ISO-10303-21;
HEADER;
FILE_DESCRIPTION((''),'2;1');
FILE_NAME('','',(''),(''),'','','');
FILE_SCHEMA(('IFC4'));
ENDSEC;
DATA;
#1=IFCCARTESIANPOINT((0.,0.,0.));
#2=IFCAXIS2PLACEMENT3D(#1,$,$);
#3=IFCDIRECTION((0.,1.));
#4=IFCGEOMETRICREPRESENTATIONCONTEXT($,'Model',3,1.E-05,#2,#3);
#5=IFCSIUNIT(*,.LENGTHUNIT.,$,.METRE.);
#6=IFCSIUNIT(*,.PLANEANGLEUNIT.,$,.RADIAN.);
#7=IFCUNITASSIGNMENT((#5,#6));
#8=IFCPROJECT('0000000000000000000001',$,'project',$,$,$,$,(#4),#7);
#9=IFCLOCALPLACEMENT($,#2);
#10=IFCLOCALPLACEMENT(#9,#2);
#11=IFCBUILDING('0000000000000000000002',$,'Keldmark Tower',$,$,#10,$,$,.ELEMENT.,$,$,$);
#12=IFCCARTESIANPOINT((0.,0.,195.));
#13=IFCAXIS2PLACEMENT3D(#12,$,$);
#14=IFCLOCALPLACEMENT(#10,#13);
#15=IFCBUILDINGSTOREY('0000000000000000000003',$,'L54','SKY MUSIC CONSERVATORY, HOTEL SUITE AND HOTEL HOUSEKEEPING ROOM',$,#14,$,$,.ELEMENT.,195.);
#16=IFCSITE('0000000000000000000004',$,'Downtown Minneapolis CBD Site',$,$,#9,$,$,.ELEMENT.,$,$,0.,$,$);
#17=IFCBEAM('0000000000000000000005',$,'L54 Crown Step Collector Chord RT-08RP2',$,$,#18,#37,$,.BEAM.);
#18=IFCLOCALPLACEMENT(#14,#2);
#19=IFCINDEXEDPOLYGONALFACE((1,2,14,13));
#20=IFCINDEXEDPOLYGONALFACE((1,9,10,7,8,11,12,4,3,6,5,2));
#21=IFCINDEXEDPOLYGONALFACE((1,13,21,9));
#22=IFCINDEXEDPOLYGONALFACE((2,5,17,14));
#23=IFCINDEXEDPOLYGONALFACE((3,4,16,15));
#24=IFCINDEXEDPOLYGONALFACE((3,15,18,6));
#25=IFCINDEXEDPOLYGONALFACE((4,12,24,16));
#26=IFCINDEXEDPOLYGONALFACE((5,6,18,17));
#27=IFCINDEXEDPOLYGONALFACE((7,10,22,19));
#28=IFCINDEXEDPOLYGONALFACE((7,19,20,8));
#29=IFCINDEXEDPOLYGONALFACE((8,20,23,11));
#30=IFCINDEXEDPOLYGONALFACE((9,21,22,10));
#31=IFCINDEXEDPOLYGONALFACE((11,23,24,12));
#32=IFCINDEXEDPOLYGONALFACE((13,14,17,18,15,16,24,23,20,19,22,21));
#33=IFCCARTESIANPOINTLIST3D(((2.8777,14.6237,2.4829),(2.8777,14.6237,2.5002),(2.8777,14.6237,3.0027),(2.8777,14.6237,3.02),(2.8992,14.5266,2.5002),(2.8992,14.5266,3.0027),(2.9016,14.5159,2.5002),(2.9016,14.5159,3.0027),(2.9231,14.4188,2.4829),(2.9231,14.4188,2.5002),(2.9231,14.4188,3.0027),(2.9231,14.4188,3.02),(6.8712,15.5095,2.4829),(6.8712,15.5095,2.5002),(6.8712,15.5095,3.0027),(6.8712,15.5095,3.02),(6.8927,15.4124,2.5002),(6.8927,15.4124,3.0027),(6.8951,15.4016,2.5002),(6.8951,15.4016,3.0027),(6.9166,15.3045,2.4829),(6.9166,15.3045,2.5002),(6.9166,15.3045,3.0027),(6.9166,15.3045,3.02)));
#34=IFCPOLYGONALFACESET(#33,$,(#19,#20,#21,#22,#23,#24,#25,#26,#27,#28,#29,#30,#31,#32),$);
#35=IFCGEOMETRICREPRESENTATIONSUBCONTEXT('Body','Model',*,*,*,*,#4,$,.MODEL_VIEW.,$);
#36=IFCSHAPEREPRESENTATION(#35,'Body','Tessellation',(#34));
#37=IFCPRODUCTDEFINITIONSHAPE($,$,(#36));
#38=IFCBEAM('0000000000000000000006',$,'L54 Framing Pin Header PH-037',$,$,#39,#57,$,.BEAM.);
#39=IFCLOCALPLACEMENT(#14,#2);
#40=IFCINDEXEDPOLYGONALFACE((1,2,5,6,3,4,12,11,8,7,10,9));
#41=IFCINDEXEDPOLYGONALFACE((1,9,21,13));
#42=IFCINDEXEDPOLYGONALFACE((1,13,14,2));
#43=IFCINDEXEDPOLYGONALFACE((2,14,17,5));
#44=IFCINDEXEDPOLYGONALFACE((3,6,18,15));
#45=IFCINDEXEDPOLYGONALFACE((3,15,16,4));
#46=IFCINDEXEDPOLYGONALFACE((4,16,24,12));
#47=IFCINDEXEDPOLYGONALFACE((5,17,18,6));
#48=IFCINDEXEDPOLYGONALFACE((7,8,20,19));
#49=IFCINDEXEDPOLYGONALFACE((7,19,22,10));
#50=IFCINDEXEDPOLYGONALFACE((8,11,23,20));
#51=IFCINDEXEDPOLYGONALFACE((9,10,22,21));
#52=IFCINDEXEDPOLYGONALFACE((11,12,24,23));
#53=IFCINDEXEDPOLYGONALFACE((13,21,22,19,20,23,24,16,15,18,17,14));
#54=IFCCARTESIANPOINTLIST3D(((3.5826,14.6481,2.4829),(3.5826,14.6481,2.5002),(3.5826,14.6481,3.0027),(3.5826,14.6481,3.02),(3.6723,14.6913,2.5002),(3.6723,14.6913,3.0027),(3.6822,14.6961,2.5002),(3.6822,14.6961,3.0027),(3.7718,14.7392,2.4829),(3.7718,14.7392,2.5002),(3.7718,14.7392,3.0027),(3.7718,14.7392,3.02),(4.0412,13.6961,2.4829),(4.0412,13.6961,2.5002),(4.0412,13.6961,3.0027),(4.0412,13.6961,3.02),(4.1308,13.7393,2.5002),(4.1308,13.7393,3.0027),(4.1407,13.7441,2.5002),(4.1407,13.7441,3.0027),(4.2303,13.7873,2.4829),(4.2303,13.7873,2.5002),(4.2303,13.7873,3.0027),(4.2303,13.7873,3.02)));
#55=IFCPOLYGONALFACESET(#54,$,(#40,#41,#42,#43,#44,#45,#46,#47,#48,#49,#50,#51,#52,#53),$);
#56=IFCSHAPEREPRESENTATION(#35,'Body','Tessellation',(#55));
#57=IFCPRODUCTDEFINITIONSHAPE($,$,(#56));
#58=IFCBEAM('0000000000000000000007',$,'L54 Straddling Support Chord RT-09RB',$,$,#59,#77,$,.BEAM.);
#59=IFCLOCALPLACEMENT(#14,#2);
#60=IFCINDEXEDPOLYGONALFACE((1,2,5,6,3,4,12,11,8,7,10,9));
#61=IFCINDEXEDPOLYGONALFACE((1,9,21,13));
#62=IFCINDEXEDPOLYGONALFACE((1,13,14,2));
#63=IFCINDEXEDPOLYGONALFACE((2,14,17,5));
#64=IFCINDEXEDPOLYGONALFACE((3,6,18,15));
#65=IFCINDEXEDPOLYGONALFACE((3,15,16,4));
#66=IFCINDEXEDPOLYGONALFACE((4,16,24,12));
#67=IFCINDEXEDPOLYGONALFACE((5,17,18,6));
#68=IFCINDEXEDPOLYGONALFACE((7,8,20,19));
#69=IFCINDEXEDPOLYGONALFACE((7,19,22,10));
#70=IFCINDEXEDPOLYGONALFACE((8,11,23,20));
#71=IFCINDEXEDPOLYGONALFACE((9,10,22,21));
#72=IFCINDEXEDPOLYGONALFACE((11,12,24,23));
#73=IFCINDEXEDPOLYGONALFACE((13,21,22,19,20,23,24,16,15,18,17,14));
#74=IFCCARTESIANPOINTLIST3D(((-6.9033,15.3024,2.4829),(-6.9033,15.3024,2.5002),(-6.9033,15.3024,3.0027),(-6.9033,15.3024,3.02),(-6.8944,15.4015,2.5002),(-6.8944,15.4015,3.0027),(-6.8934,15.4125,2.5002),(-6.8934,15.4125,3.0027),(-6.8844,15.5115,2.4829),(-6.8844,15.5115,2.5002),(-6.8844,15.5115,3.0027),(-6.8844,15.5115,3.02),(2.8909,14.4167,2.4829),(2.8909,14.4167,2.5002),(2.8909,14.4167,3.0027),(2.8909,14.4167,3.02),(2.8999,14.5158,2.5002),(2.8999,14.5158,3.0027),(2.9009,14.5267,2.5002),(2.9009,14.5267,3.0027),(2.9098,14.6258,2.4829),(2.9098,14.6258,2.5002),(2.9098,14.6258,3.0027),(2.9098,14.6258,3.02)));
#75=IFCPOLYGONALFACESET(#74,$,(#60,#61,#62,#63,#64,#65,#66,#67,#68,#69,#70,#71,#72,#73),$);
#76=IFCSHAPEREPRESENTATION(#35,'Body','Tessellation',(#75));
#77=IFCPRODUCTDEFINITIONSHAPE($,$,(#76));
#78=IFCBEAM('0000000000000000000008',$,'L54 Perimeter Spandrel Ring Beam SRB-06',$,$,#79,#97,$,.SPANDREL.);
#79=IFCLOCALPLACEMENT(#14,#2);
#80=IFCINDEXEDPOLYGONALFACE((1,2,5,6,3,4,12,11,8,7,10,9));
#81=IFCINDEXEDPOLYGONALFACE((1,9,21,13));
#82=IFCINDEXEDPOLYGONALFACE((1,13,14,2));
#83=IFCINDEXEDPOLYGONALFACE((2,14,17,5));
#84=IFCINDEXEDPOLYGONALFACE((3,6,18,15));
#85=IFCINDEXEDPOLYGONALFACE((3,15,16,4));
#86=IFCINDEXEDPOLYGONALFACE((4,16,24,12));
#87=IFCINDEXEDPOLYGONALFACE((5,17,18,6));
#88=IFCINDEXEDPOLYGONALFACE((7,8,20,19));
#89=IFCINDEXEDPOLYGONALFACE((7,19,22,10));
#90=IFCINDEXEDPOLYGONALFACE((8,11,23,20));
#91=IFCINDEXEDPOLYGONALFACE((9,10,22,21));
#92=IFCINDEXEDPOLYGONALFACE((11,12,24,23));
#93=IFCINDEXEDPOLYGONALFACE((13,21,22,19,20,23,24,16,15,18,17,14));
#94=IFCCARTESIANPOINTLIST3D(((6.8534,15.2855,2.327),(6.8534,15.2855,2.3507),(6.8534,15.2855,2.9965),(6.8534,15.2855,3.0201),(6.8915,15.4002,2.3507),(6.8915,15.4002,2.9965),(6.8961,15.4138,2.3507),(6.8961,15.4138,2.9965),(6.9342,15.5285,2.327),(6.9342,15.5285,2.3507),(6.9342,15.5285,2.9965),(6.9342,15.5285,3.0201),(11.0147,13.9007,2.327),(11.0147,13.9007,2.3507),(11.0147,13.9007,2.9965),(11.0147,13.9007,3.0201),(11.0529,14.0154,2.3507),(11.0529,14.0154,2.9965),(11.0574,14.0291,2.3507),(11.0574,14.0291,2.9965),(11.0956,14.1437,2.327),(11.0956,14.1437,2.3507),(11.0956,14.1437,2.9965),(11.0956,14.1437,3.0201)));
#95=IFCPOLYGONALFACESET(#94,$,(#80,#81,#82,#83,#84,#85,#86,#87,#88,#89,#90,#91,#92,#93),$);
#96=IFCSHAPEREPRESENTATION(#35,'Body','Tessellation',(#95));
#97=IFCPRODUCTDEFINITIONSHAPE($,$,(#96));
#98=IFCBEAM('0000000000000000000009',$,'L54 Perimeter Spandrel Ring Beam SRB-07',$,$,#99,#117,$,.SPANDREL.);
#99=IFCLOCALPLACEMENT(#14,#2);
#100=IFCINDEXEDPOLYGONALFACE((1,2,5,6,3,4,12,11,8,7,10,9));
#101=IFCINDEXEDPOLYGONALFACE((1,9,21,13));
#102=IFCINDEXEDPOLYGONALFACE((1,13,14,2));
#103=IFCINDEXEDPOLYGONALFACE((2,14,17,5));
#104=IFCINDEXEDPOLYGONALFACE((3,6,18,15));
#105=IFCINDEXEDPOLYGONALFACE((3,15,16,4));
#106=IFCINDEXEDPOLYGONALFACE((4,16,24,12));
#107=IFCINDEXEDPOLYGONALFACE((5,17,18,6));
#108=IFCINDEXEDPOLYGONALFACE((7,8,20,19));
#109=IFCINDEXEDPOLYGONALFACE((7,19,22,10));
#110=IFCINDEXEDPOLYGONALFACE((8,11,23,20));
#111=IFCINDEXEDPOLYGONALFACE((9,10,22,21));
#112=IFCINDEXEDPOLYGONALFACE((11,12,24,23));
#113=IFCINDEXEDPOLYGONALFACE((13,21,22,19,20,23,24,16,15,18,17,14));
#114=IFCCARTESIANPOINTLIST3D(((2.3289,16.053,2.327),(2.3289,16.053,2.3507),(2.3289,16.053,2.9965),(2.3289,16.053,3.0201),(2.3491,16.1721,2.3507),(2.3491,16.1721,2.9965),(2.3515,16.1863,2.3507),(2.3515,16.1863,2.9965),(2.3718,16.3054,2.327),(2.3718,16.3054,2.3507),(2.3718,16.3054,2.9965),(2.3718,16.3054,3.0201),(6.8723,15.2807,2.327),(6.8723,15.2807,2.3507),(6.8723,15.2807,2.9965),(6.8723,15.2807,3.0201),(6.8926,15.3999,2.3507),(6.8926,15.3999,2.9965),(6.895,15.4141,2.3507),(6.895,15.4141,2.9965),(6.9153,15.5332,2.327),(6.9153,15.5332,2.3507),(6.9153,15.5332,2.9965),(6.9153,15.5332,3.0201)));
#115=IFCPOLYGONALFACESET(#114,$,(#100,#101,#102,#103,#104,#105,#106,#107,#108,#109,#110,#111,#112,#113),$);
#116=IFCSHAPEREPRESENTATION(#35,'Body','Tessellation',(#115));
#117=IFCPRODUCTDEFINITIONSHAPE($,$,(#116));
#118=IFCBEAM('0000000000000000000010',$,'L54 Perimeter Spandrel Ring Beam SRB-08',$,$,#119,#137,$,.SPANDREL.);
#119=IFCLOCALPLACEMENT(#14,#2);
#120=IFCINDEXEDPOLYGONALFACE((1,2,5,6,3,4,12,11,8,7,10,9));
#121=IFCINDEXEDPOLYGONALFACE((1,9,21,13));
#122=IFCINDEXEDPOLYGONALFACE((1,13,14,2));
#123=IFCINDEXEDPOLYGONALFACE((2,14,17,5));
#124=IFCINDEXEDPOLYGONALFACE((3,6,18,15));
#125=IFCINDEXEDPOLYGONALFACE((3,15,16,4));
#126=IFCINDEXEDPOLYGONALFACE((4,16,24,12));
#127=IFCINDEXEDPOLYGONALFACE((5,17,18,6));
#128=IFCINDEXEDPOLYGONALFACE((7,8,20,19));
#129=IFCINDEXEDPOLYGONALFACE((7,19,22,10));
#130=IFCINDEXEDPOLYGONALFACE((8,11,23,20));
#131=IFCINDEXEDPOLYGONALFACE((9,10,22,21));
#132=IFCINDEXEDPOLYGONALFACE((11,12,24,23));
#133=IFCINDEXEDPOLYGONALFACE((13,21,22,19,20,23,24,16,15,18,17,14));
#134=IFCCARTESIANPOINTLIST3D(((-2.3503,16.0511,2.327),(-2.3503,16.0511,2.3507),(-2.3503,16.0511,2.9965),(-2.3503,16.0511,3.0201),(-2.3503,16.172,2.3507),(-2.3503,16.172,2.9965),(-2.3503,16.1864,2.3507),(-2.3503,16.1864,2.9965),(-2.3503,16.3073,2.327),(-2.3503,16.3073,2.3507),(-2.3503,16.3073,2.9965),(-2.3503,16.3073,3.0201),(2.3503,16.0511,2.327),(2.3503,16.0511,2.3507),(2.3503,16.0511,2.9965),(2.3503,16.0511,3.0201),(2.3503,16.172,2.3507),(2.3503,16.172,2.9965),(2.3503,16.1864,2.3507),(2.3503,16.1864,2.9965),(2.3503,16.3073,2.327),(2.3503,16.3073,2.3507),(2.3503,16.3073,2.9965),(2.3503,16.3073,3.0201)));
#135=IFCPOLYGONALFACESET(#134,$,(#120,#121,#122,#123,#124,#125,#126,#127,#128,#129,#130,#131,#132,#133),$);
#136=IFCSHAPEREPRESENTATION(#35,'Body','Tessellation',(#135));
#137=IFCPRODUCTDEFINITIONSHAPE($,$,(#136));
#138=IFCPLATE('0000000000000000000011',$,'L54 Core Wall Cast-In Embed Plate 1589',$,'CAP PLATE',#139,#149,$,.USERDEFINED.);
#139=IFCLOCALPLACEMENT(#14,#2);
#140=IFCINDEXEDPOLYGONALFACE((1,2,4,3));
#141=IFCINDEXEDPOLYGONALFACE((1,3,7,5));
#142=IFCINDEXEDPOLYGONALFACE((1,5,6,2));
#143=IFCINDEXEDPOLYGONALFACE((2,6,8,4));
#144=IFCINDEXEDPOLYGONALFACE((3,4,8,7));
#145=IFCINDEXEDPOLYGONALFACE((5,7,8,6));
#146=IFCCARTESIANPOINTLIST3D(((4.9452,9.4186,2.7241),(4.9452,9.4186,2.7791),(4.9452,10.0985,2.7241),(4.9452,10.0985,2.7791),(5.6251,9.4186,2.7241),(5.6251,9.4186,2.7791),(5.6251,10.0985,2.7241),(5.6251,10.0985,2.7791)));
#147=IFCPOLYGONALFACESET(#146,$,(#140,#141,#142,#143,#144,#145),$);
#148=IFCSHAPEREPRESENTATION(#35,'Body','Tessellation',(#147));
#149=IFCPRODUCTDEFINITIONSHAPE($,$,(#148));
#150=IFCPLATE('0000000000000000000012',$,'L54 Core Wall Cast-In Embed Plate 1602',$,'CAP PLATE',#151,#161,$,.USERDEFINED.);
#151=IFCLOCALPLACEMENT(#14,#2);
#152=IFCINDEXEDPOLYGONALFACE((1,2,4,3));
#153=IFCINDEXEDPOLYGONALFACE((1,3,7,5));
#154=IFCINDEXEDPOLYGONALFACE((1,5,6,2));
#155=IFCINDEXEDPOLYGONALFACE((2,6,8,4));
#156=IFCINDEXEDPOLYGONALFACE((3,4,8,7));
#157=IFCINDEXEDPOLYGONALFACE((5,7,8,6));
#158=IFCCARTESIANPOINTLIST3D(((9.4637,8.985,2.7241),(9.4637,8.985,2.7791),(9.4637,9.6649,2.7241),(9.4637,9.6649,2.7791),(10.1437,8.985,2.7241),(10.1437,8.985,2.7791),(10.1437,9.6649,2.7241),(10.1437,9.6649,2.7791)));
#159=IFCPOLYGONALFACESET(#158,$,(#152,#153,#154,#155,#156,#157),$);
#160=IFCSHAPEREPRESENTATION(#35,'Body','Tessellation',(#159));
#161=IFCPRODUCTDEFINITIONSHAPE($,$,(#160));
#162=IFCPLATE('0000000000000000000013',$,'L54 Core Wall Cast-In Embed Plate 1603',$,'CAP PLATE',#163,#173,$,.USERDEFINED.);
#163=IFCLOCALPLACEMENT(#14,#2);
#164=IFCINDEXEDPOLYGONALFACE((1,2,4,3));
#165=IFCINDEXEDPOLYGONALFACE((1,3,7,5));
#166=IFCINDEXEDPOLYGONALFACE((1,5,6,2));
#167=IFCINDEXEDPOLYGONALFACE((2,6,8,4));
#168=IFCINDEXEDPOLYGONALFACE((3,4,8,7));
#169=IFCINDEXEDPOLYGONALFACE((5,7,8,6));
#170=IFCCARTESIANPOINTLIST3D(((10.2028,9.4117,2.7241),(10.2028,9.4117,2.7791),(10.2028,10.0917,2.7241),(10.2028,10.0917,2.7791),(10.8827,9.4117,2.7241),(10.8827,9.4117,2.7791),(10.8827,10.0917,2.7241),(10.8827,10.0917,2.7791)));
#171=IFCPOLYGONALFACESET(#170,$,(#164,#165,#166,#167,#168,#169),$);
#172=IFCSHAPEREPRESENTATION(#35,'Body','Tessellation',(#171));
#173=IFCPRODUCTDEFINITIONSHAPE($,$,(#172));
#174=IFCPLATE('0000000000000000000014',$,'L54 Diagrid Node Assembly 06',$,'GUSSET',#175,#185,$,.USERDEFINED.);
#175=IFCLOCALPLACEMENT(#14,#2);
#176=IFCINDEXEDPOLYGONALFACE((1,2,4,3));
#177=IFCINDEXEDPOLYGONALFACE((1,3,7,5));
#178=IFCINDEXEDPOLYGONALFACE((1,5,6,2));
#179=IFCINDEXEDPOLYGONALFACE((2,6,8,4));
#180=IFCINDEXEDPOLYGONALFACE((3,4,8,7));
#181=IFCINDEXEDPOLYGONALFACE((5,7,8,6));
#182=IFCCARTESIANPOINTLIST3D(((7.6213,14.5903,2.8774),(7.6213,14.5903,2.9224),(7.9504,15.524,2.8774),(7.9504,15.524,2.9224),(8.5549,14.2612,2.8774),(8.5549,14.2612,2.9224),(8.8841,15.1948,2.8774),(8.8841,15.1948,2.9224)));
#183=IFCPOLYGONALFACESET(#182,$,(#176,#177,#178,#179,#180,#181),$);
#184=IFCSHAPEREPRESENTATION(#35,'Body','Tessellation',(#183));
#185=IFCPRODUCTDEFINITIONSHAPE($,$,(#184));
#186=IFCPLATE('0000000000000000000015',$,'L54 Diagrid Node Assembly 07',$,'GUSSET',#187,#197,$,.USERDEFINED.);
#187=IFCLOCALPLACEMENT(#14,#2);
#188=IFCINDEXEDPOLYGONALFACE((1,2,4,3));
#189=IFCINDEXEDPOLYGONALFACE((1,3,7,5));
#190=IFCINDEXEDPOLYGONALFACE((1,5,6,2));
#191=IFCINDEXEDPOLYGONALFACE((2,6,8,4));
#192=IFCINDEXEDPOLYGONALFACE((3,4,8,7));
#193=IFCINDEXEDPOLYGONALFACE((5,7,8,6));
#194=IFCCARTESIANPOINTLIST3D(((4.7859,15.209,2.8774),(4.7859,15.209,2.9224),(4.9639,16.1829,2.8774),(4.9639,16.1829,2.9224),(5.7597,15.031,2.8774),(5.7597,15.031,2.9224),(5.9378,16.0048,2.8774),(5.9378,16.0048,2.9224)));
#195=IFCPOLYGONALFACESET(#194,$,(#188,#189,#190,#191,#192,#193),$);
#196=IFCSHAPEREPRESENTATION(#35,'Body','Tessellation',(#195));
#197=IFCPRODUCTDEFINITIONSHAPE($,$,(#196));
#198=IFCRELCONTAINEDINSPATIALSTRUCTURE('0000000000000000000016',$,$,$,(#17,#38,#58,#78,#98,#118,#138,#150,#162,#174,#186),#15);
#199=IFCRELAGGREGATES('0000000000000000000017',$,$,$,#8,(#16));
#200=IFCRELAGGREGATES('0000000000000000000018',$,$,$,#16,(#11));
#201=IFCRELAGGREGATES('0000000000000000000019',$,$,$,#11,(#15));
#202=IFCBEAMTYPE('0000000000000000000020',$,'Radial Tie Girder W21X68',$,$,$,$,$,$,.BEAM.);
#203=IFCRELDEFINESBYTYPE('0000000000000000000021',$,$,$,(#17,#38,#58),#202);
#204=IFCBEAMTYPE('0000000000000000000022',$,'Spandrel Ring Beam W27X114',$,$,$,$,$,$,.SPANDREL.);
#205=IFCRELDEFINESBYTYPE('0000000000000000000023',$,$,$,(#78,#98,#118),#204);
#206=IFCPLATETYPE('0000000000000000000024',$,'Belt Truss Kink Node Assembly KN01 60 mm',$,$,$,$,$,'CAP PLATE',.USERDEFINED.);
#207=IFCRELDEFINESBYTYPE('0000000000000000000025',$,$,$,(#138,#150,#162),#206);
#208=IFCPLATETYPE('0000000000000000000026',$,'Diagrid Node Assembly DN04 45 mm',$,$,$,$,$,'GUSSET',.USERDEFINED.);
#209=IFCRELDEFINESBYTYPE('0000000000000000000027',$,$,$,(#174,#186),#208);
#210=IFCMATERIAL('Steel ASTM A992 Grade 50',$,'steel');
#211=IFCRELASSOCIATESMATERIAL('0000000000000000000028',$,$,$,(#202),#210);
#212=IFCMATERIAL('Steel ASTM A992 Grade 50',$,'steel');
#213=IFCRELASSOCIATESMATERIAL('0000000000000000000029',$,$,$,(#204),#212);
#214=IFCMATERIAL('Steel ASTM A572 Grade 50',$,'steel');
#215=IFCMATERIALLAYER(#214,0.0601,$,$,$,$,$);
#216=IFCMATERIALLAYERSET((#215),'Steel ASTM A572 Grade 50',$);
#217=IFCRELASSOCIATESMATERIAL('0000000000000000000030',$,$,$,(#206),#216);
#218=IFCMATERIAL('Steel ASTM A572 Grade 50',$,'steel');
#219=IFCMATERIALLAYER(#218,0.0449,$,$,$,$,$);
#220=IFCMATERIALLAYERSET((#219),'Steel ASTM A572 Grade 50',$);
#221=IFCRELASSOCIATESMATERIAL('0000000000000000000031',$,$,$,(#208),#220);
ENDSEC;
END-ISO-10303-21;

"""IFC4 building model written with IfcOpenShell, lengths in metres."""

from ifc_helpers import new_model, si_unit, direction, frame, origin, origin_2d, place, context, subcontext, project, spatial, rectangle, i_section, extrude, material, layer, layer_set, material_profile, profile_set, type_object, element, save


model = new_model("IFC4")

# Units and contexts
model_context = context("Model", 3, precision=1e-05, world=origin(), true_north=direction((0.0, 1.0)))
body_context = subcontext(model_context, "Body", "Model", "MODEL_VIEW")
ifc_project = project(units=[si_unit("LENGTHUNIT", "METRE"), si_unit("PLANEANGLEUNIT", "RADIAN")], contexts=[model_context])

# Site, building, storey
site_placement = place(None, origin())
site = spatial("IfcSite", under=ifc_project, at=site_placement, Name="Downtown Minneapolis CBD Site", CompositionType="ELEMENT", RefElevation=0.0)
building_placement = place(site_placement, origin())
building = spatial("IfcBuilding", under=site, at=building_placement, Name="Keldmark Tower", CompositionType="ELEMENT")
storey_placement = place(building_placement, frame((0.0, 0.0, 195.0)))
storey = spatial("IfcBuildingStorey", under=building, at=storey_placement, Name="L54", Description="SKY MUSIC CONSERVATORY, HOTEL SUITE AND HOTEL HOUSEKEEPING ROOM", CompositionType="ELEMENT", Elevation=195.0)

# Beams
ifc_material_1 = material(Name="Steel ASTM A992 Grade 50", Category="steel")
ifc_material_profile_1 = material_profile(ifc_material_1, i_section(OverallWidth=0.21, OverallDepth=0.5371, WebThickness=0.011, FlangeThickness=0.0173, at=origin_2d()), Name="W21X68")
ifc_profile_set_1 = profile_set([ifc_material_profile_1], Name="Steel ASTM A992 Grade 50")
beam_type_1 = type_object("IfcBeamType", Name="Radial Tie Girder W21X68", PredefinedType="BEAM", material=ifc_profile_set_1)
beam_1_placement = place(storey_placement, frame((2.9004, 14.5212, 2.7515), z_axis=(0.976274, 0.216539, 0.0), x_axis=(-0.216539, 0.976274, 0.0)))
element("IfcBeam", 1, at=beam_1_placement, inside=storey, type_object=beam_type_1, Name="L54 Crown Step Collector Chord RT-08RP2", PredefinedType="BEAM", context=body_context, shape_type="SweptSolid", body=[
    extrude(i_section(OverallWidth=0.21, OverallDepth=0.5371, WebThickness=0.011, FlangeThickness=0.0173, at=origin_2d()), origin(), (0.0, 0.0, 1.0), 4.0906),
])
beam_2_placement = place(storey_placement, frame((4.1357, 13.7417, 2.7515), z_axis=(-0.433948, 0.900938, 0.0), x_axis=(-0.900938, -0.433948, 0.0)))
element("IfcBeam", 2, at=beam_2_placement, inside=storey, type_object=beam_type_1, Name="L54 Framing Pin Header PH-037", PredefinedType="BEAM", context=body_context, shape_type="SweptSolid", body=[
    extrude(i_section(OverallWidth=0.21, OverallDepth=0.5371, WebThickness=0.011, FlangeThickness=0.0173, at=origin_2d()), origin(), (0.0, 0.0, 1.0), 1.0566),
])
beam_3_placement = place(storey_placement, frame((2.9004, 14.5212, 2.7515), z_axis=(-0.995936, 0.090068, 0.0), x_axis=(-0.090068, -0.995936, 0.0)))
element("IfcBeam", 3, at=beam_3_placement, inside=storey, type_object=beam_type_1, Name="L54 Straddling Support Chord RT-09RB", PredefinedType="BEAM", context=body_context, shape_type="SweptSolid", body=[
    extrude(i_section(OverallWidth=0.21, OverallDepth=0.5371, WebThickness=0.011, FlangeThickness=0.0173, at=origin_2d()), origin(), (0.0, 0.0, 1.0), 9.8342),
])
ifc_material_2 = material(Name="Steel ASTM A992 Grade 50", Category="steel")
ifc_material_profile_2 = material_profile(ifc_material_2, i_section(OverallWidth=0.2561, OverallDepth=0.6931, WebThickness=0.0144, FlangeThickness=0.0237, at=origin_2d()), Name="W27X114")
ifc_profile_set_2 = profile_set([ifc_material_profile_2], Name="Steel ASTM A992 Grade 50")
beam_type_2 = type_object("IfcBeamType", Name="Spandrel Ring Beam W27X114", PredefinedType="SPANDREL", material=ifc_profile_set_2)
beam_4_placement = place(storey_placement, frame((11.0552, 14.0222, 2.6736), z_axis=(-0.948845, 0.315743, 0.0), x_axis=(-0.315743, -0.948845, 0.0)))
element("IfcBeam", 4, at=beam_4_placement, inside=storey, type_object=beam_type_2, Name="L54 Perimeter Spandrel Ring Beam SRB-06", PredefinedType="SPANDREL", context=body_context, shape_type="SweptSolid", body=[
    extrude(i_section(OverallWidth=0.2561, OverallDepth=0.6931, WebThickness=0.0144, FlangeThickness=0.0237, at=origin_2d()), origin(), (0.0, 0.0, 1.0), 4.3857),
])
beam_5_placement = place(storey_placement, frame((6.8938, 15.407, 2.6736), z_axis=(-0.985862, 0.167559, 0.0), x_axis=(-0.167559, -0.985862, 0.0)))
element("IfcBeam", 5, at=beam_5_placement, inside=storey, type_object=beam_type_2, Name="L54 Perimeter Spandrel Ring Beam SRB-07", PredefinedType="SPANDREL", context=body_context, shape_type="SweptSolid", body=[
    extrude(i_section(OverallWidth=0.2561, OverallDepth=0.6931, WebThickness=0.0144, FlangeThickness=0.0237, at=origin_2d()), origin(), (0.0, 0.0, 1.0), 4.6086),
])
beam_6_placement = place(storey_placement, frame((2.3503, 16.1792, 2.6736), z_axis=(-1.0, 0.0, 0.0), x_axis=(0.0, -1.0, 0.0)))
element("IfcBeam", 6, at=beam_6_placement, inside=storey, type_object=beam_type_2, Name="L54 Perimeter Spandrel Ring Beam SRB-08", PredefinedType="SPANDREL", context=body_context, shape_type="SweptSolid", body=[
    extrude(i_section(OverallWidth=0.2561, OverallDepth=0.6931, WebThickness=0.0144, FlangeThickness=0.0237, at=origin_2d()), origin(), (0.0, 0.0, 1.0), 4.7007),
])

# Plates
ifc_material_3 = material(Name="Steel ASTM A572 Grade 50", Category="steel")
ifc_layer_1 = layer(ifc_material_3, 0.0601)
ifc_layer_set_1 = layer_set([ifc_layer_1], Name="Steel ASTM A572 Grade 50")
plate_type_1 = type_object("IfcPlateType", Name="Belt Truss Kink Node Assembly KN01 60 mm", ElementType="CAP PLATE", PredefinedType="USERDEFINED", material=ifc_layer_set_1)
for number, where, z_axis, x_axis, name in (
    (7, (5.2852, 9.7585, 2.7241), (0.0, 0.0, 1.0), (1.0, 0.0, 0.0), "L54 Core Wall Cast-In Embed Plate 1589"),
    (8, (9.8037, 9.325, 2.7241), (0.0, 0.0, 1.0), (1.0, 0.0, 0.0), "L54 Core Wall Cast-In Embed Plate 1602"),
    (9, (10.5427, 9.7517, 2.7241), (0.0, 0.0, 1.0), (1.0, 0.0, 0.0), "L54 Core Wall Cast-In Embed Plate 1603"),
):
    element("IfcPlate", number, at=place(storey_placement, frame(where, z_axis=z_axis, x_axis=x_axis)), inside=storey, type_object=plate_type_1, Name=name, ObjectType="CAP PLATE", PredefinedType="USERDEFINED", context=body_context, shape_type="SweptSolid", body=[
        extrude(rectangle(XDim=0.6799, YDim=0.6799, at=origin_2d()), origin(), (0.0, 0.0, 1.0), 0.0549),
    ])
ifc_material_4 = material(Name="Steel ASTM A572 Grade 50", Category="steel")
ifc_layer_2 = layer(ifc_material_4, 0.0449)
ifc_layer_set_2 = layer_set([ifc_layer_2], Name="Steel ASTM A572 Grade 50")
plate_type_2 = type_object("IfcPlateType", Name="Diagrid Node Assembly DN04 45 mm", ElementType="GUSSET", PredefinedType="USERDEFINED", material=ifc_layer_set_2)
for number, where, z_axis, x_axis, name in (
    (10, (8.2527, 14.8926, 2.8774), (0.0, 0.0, 1.0), (-0.943107, 0.33249, 0.0), "L54 Diagrid Node Assembly 06"),
    (11, (5.3618, 15.6069, 2.8774), (0.0, 0.0, 1.0), (-0.983697, 0.179832, 0.0), "L54 Diagrid Node Assembly 07"),
):
    element("IfcPlate", number, at=place(storey_placement, frame(where, z_axis=z_axis, x_axis=x_axis)), inside=storey, type_object=plate_type_2, Name=name, ObjectType="GUSSET", PredefinedType="USERDEFINED", context=body_context, shape_type="SweptSolid", body=[
        extrude(rectangle(XDim=0.99, YDim=0.99, at=origin_2d()), origin(), (0.0, 0.0, 1.0), 0.0449),
    ])

save(model, "model.ifc")
